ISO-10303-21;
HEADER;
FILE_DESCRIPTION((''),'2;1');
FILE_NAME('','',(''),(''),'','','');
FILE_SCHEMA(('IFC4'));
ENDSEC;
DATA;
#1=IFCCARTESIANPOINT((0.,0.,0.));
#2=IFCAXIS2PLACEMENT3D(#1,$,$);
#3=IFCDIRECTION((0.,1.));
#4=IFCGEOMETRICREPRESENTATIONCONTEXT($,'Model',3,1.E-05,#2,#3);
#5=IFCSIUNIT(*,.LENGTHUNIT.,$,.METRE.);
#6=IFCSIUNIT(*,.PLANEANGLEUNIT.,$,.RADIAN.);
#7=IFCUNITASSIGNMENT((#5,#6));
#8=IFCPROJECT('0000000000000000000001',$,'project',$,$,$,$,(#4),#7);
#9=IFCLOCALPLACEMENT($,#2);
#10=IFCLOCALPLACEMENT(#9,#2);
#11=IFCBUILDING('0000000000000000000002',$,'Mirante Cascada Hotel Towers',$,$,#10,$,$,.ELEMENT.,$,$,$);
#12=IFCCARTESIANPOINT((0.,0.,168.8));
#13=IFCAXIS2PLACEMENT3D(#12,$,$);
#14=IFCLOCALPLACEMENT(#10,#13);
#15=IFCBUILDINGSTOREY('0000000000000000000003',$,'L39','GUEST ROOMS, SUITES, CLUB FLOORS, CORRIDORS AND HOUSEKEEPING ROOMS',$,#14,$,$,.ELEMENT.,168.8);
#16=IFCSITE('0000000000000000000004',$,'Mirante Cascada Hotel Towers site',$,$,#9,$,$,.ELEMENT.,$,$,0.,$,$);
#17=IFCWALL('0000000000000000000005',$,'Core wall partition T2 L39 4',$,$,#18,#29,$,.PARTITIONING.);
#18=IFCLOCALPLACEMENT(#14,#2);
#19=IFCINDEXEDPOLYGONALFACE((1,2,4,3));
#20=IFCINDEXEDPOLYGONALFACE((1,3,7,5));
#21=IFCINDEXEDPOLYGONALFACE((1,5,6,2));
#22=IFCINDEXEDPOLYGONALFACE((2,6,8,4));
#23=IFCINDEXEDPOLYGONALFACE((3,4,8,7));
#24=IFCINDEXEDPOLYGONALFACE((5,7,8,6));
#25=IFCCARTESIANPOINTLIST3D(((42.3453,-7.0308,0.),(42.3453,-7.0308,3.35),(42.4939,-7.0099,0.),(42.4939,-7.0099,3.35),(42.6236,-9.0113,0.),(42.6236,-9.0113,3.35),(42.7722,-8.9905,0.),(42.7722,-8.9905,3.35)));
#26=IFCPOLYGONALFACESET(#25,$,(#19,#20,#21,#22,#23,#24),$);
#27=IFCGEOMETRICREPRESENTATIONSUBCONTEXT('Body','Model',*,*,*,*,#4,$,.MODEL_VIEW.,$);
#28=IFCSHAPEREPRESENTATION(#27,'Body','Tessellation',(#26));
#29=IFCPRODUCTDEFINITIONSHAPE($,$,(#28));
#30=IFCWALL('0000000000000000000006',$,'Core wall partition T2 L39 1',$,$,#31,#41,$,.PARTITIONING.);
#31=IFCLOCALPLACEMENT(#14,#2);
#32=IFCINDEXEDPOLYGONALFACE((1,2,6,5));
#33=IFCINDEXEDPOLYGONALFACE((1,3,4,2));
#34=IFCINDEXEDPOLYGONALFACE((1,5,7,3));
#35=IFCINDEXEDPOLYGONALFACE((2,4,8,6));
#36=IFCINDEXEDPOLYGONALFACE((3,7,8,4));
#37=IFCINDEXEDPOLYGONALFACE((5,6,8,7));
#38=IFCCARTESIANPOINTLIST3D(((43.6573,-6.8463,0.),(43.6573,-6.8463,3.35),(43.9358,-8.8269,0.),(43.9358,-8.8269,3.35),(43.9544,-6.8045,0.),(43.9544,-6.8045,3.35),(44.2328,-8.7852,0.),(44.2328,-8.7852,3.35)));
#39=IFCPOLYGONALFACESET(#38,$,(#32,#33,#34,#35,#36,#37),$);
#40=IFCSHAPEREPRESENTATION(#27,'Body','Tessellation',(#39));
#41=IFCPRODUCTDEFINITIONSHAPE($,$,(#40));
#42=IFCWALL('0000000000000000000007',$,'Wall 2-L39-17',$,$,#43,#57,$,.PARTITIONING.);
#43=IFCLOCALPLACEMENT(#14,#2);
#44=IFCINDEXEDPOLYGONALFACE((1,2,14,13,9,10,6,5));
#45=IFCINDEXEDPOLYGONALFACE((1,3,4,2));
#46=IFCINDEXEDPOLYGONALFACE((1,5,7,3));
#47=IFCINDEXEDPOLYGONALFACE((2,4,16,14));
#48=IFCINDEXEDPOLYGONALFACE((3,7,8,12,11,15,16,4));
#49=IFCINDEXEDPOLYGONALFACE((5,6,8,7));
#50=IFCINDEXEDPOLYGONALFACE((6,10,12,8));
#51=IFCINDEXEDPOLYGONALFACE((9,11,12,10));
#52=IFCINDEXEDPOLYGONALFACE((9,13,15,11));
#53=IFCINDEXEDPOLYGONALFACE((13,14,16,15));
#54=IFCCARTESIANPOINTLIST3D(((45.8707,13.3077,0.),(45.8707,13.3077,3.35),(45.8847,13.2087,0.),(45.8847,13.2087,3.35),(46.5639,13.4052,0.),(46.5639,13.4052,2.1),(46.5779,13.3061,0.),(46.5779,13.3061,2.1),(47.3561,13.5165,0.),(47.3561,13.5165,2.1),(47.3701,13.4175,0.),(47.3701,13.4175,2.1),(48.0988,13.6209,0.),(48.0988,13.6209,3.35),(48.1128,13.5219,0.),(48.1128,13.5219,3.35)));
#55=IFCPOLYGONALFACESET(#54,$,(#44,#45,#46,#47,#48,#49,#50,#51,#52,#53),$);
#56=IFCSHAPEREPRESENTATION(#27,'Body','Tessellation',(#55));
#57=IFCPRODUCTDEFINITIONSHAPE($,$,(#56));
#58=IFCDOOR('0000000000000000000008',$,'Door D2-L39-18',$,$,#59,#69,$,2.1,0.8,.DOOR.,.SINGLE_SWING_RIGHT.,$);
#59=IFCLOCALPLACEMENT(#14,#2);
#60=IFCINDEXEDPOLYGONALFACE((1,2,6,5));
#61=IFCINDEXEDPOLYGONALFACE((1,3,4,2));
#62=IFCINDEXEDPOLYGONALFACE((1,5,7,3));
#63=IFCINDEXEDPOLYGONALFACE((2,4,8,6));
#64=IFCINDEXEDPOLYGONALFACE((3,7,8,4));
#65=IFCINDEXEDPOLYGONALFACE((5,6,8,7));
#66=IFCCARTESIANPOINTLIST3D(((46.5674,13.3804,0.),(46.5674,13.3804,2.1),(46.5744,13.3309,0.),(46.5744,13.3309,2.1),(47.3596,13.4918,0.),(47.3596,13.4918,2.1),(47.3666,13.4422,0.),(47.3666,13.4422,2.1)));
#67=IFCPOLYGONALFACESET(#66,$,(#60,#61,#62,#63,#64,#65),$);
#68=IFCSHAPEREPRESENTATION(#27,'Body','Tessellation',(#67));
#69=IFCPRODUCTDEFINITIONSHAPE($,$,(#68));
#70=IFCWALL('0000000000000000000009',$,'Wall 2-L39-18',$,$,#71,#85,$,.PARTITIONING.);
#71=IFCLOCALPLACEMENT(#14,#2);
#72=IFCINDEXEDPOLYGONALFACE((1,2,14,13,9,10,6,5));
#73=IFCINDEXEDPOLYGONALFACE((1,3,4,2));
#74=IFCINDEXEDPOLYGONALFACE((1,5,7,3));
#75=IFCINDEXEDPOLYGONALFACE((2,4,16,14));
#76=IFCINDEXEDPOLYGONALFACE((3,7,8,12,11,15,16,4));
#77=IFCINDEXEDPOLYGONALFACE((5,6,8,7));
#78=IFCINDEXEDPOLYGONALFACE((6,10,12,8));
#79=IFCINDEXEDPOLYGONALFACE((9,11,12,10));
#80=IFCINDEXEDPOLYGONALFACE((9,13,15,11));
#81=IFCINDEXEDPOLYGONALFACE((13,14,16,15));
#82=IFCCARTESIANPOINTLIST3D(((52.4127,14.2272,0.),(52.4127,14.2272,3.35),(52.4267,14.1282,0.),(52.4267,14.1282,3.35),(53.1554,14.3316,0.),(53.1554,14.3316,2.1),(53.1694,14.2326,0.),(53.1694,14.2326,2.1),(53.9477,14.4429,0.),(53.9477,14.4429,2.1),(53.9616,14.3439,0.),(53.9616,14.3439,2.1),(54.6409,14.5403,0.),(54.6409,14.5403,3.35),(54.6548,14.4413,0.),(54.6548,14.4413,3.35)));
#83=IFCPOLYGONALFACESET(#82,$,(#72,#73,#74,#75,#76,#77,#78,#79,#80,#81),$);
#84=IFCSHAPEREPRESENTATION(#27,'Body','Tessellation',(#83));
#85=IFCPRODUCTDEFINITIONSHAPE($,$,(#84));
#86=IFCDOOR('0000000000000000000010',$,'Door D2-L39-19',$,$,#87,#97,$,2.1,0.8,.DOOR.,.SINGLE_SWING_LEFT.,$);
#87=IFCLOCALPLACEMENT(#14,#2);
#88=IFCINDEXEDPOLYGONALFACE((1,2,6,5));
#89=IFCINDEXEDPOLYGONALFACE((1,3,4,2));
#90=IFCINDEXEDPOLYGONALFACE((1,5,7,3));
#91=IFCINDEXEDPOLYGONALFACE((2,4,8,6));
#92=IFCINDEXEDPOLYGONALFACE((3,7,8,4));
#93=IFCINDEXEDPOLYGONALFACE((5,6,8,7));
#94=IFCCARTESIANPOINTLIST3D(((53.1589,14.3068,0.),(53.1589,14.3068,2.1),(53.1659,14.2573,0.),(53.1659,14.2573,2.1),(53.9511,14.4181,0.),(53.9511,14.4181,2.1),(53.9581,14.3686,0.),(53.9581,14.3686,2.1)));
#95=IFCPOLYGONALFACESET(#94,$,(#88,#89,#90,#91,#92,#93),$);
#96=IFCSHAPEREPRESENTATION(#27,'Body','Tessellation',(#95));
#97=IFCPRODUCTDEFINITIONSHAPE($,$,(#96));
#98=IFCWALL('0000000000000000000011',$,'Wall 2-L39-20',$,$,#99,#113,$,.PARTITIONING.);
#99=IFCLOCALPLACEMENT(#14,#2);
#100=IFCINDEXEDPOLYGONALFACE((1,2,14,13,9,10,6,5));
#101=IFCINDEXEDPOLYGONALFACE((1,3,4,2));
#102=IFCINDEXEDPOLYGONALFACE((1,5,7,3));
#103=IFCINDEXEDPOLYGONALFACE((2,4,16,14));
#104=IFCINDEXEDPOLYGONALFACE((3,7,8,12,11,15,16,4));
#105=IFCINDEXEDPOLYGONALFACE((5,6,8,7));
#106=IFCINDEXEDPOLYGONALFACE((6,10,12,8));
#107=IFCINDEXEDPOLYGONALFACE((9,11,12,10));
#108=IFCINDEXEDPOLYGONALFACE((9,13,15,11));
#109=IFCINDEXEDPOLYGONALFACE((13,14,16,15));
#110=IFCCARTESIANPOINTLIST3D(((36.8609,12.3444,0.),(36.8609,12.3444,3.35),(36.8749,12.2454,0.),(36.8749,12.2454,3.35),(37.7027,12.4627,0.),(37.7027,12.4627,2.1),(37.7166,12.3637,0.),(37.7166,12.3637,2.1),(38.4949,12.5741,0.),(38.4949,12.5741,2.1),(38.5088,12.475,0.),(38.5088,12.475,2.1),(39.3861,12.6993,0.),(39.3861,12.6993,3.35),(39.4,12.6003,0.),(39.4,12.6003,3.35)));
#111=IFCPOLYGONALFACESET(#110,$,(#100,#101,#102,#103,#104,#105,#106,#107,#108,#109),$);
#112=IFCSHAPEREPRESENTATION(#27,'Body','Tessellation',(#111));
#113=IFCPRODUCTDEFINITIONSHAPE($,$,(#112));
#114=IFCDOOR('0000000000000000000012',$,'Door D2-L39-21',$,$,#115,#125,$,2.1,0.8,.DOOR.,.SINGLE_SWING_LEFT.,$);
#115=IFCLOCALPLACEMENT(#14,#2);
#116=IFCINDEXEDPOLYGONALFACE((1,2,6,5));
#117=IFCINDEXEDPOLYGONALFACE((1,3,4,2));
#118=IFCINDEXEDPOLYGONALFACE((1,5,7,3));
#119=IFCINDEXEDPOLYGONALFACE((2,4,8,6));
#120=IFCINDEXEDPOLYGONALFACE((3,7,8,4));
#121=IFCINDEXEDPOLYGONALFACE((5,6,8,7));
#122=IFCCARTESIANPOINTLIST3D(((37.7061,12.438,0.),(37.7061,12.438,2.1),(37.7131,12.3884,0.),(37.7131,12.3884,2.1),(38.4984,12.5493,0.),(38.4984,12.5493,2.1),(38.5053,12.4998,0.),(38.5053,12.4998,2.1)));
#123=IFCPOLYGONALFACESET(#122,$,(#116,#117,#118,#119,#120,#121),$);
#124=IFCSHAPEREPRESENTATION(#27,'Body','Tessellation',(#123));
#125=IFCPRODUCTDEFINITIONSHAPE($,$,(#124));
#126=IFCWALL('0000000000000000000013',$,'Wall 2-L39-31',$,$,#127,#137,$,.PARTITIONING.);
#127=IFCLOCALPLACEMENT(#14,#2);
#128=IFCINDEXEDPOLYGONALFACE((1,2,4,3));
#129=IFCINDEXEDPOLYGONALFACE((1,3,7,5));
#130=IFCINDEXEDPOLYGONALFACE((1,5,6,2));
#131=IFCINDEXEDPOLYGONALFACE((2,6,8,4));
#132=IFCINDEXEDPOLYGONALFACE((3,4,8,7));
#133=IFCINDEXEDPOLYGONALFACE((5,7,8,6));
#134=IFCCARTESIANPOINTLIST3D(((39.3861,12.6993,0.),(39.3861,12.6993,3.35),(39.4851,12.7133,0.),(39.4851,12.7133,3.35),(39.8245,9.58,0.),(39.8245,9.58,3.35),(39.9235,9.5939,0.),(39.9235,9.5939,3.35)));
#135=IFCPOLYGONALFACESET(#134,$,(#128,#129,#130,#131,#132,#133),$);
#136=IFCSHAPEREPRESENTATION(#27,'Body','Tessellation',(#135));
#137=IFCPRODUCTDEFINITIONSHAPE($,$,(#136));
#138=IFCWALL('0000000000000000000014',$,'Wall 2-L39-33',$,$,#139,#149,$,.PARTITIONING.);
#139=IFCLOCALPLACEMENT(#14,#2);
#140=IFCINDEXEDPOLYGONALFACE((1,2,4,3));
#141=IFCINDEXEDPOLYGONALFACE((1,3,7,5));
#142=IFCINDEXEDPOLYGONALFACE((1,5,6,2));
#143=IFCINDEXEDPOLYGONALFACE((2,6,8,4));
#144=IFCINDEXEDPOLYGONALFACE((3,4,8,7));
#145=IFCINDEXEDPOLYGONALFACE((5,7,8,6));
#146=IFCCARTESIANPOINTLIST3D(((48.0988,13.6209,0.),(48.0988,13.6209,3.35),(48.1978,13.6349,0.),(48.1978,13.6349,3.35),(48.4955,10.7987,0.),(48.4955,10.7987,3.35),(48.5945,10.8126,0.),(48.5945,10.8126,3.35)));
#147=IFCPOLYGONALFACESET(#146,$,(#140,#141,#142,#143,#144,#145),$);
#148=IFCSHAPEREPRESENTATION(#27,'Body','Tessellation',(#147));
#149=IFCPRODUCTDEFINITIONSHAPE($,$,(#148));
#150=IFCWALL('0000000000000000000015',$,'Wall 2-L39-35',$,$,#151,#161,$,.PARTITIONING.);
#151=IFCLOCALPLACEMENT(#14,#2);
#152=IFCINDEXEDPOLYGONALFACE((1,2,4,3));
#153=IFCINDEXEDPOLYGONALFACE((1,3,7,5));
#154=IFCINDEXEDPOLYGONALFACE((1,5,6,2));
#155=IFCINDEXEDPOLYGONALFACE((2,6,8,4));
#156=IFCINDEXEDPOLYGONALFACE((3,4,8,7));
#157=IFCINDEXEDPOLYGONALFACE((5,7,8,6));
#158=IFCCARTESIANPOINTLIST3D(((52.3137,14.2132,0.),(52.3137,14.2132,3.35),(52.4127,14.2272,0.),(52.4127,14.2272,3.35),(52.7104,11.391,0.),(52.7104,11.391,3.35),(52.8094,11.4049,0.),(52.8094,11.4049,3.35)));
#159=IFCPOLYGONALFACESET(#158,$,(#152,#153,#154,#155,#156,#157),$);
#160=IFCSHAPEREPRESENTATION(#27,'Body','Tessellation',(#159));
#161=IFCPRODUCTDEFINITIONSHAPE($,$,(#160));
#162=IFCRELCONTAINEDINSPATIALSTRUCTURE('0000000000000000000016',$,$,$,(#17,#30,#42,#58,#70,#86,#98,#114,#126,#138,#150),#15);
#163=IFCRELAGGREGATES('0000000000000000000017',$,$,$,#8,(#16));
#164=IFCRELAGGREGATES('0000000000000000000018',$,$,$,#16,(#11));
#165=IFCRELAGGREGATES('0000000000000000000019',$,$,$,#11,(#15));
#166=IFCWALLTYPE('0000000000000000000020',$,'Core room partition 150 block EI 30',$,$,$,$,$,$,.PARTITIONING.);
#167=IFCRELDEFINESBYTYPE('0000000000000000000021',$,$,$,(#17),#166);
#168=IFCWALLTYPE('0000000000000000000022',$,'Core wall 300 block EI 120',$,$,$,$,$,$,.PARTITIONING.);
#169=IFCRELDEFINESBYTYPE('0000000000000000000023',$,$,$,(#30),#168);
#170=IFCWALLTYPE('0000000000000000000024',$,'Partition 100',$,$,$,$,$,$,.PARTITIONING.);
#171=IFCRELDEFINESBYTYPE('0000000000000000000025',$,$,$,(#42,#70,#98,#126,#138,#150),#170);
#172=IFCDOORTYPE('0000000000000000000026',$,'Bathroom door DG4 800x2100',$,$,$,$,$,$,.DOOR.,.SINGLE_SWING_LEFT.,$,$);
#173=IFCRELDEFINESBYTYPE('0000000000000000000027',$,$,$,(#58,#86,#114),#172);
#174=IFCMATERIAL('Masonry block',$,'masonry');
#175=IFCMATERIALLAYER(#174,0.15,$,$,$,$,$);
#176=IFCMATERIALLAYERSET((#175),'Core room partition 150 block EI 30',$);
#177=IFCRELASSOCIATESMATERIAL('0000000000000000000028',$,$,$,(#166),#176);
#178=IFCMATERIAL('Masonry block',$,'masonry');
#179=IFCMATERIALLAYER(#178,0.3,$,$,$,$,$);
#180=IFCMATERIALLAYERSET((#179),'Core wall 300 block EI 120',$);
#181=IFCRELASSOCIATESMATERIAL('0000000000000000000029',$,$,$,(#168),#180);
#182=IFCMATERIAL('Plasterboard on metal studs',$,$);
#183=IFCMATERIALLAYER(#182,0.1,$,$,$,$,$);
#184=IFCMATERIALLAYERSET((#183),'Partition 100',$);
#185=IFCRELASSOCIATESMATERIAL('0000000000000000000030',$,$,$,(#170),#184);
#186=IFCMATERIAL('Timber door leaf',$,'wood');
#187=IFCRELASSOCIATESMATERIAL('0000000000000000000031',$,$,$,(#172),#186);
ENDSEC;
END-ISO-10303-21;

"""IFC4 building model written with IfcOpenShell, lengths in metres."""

from ifc_helpers import new_model, si_unit, direction, frame, frame_2d, origin, place, context, subcontext, project, spatial, rectangle, extrude, material, layer, layer_set, type_object, element, fill, save


model = new_model("IFC4")

# Units and contexts
model_context = context("Model", 3, precision=1e-05, world=origin(), true_north=direction((0.0, 1.0)))
body_context = subcontext(model_context, "Body", "Model", "MODEL_VIEW")
ifc_project = project(units=[si_unit("LENGTHUNIT", "METRE"), si_unit("PLANEANGLEUNIT", "RADIAN")], contexts=[model_context])

# Site, building, storey
site_placement = place(None, origin())
site = spatial("IfcSite", under=ifc_project, at=site_placement, Name="Mirante Cascada Hotel Towers site", CompositionType="ELEMENT", RefElevation=0.0)
building_placement = place(site_placement, origin())
building = spatial("IfcBuilding", under=site, at=building_placement, Name="Mirante Cascada Hotel Towers", CompositionType="ELEMENT")
storey_placement = place(building_placement, frame((0.0, 0.0, 168.8)))
storey = spatial("IfcBuildingStorey", under=building, at=storey_placement, Name="L39", Description="GUEST ROOMS, SUITES, CLUB FLOORS, CORRIDORS AND HOUSEKEEPING ROOMS", CompositionType="ELEMENT", Elevation=168.8)

# Walls
ifc_material_1 = material(Name="Masonry block", Category="masonry")
ifc_layer_1 = layer(ifc_material_1, 0.15)
ifc_layer_set_1 = layer_set([ifc_layer_1], Name="Core room partition 150 block EI 30")
wall_type_1 = type_object("IfcWallType", Name="Core room partition 150 block EI 30", PredefinedType="PARTITIONING", material=ifc_layer_set_1)
wall_1_placement = place(storey_placement, frame((42.6979, -9.0009, 0.0), z_axis=(0.0, 0.0, 1.0), x_axis=(-0.139153, 0.990271, 0.0)))
element("IfcWall", 1, at=wall_1_placement, inside=storey, type_object=wall_type_1, Name="Core wall partition T2 L39 4", PredefinedType="PARTITIONING", context=body_context, shape_type="SweptSolid", body=[
    extrude(rectangle(XDim=2.0, YDim=0.15, at=frame_2d((1.0, 0.0))), origin(), (0.0, 0.0, 1.0), 3.35),
])
ifc_material_2 = material(Name="Masonry block", Category="masonry")
ifc_layer_2 = layer(ifc_material_2, 0.3)
ifc_layer_set_2 = layer_set([ifc_layer_2], Name="Core wall 300 block EI 120")
wall_type_2 = type_object("IfcWallType", Name="Core wall 300 block EI 120", PredefinedType="PARTITIONING", material=ifc_layer_set_2)
wall_2_placement = place(storey_placement, frame((44.0843, -8.8061, 0.0), z_axis=(0.0, 0.0, 1.0), x_axis=(-0.139195, 0.990265, 0.0)))
element("IfcWall", 2, at=wall_2_placement, inside=storey, type_object=wall_type_2, Name="Core wall partition T2 L39 1", PredefinedType="PARTITIONING", context=body_context, shape_type="SweptSolid", body=[
    extrude(rectangle(XDim=2.0001, YDim=0.3, at=frame_2d((1.0001, 0.0))), origin(), (0.0, 0.0, 1.0), 3.35),
])

# Walls, openings, doors
ifc_material_3 = material(Name="Plasterboard on metal studs")
ifc_layer_3 = layer(ifc_material_3, 0.1)
ifc_layer_set_3 = layer_set([ifc_layer_3], Name="Partition 100")
wall_type_3 = type_object("IfcWallType", Name="Partition 100", PredefinedType="PARTITIONING", material=ifc_layer_set_3)
wall_3_placement = place(storey_placement, frame((48.1058, 13.5714, 0.0), z_axis=(0.0, 0.0, 1.0), x_axis=(-0.990264, -0.1392, 0.0)))
wall_3 = element("IfcWall", 3, at=wall_3_placement, inside=storey, type_object=wall_type_3, Name="Wall 2-L39-17", PredefinedType="PARTITIONING", context=body_context, shape_type="SweptSolid", body=[
    extrude(rectangle(XDim=2.25, YDim=0.1, at=frame_2d((1.125, 0.0))), origin(), (0.0, 0.0, 1.0), 3.35),
])
opening_1_placement = place(wall_3_placement, frame((0.75, 0.0, 0.0)))
opening_1 = element("IfcOpeningElement", 4, at=opening_1_placement, cuts=wall_3, PredefinedType="OPENING", context=body_context, shape_type="SweptSolid", body=[
    extrude(rectangle(XDim=0.8, YDim=2.1, at=frame_2d((0.4, 1.05))), frame((0.0, 0.05, 0.0), z_axis=(0.0, -1.0, 0.0), x_axis=(1.0, 0.0, 0.0)), (0.0, 0.0, 1.0), 0.1),
])
ifc_material_4 = material(Name="Timber door leaf", Category="wood")
door_type_1 = type_object("IfcDoorType", Name="Bathroom door DG4 800x2100", OperationType="SINGLE_SWING_LEFT", PredefinedType="DOOR", material=ifc_material_4)
door_1_placement = place(opening_1_placement, frame((0.8, 0.0, 0.0), z_axis=(0.0, 0.0, 1.0), x_axis=(-1.0, 0.0, 0.0)))
door_1 = element("IfcDoor", 5, at=door_1_placement, inside=storey, type_object=door_type_1, Name="Door D2-L39-18", OperationType="SINGLE_SWING_RIGHT", OverallHeight=2.1, OverallWidth=0.8, PredefinedType="DOOR", context=body_context, shape_type="SweptSolid", body=[
    extrude(rectangle(XDim=0.8, YDim=2.1, at=frame_2d((0.4, 1.05))), frame((0.0, 0.025, 0.0), z_axis=(0.0, -1.0, 0.0), x_axis=(1.0, 0.0, 0.0)), (0.0, 0.0, 1.0), 0.05),
])
fill(opening_1, door_1)
wall_4_placement = place(storey_placement, frame((52.4197, 14.1777, 0.0), z_axis=(0.0, 0.0, 1.0), x_axis=(0.990271, 0.139156, 0.0)))
wall_4 = element("IfcWall", 6, at=wall_4_placement, inside=storey, type_object=wall_type_3, Name="Wall 2-L39-18", PredefinedType="PARTITIONING", context=body_context, shape_type="SweptSolid", body=[
    extrude(rectangle(XDim=2.25, YDim=0.1, at=frame_2d((1.125, 0.0))), origin(), (0.0, 0.0, 1.0), 3.35),
])
opening_2_placement = place(wall_4_placement, frame((0.75, 0.0, 0.0)))
opening_2 = element("IfcOpeningElement", 7, at=opening_2_placement, cuts=wall_4, PredefinedType="OPENING", context=body_context, shape_type="SweptSolid", body=[
    extrude(rectangle(XDim=0.8, YDim=2.1, at=frame_2d((0.4, 1.05))), frame((0.0, 0.05, 0.0), z_axis=(0.0, -1.0, 0.0), x_axis=(1.0, 0.0, 0.0)), (0.0, 0.0, 1.0), 0.1),
])
door_2_placement = place(opening_2_placement, origin())
door_2 = element("IfcDoor", 8, at=door_2_placement, inside=storey, type_object=door_type_1, Name="Door D2-L39-19", OperationType="SINGLE_SWING_LEFT", OverallHeight=2.1, OverallWidth=0.8, PredefinedType="DOOR", context=body_context, shape_type="SweptSolid", body=[
    extrude(rectangle(XDim=0.8, YDim=2.1, at=frame_2d((0.4, 1.05))), frame((0.0, 0.025, 0.0), z_axis=(0.0, -1.0, 0.0), x_axis=(1.0, 0.0, 0.0)), (0.0, 0.0, 1.0), 0.05),
])
fill(opening_2, door_2)
wall_5_placement = place(storey_placement, frame((36.8679, 12.2949, 0.0), z_axis=(0.0, 0.0, 1.0), x_axis=(0.990268, 0.139176, 0.0)))
wall_5 = element("IfcWall", 9, at=wall_5_placement, inside=storey, type_object=wall_type_3, Name="Wall 2-L39-20", PredefinedType="PARTITIONING", context=body_context, shape_type="SweptSolid", body=[
    extrude(rectangle(XDim=2.55, YDim=0.1, at=frame_2d((1.275, 0.0))), origin(), (0.0, 0.0, 1.0), 3.35),
])
opening_3_placement = place(wall_5_placement, frame((0.85, 0.0, 0.0)))
opening_3 = element("IfcOpeningElement", 10, at=opening_3_placement, cuts=wall_5, PredefinedType="OPENING", context=body_context, shape_type="SweptSolid", body=[
    extrude(rectangle(XDim=0.8, YDim=2.1, at=frame_2d((0.4, 1.05))), frame((0.0, 0.05, 0.0), z_axis=(0.0, -1.0, 0.0), x_axis=(1.0, 0.0, 0.0)), (0.0, 0.0, 1.0), 0.1),
])
door_3_placement = place(opening_3_placement, origin())
door_3 = element("IfcDoor", 11, at=door_3_placement, inside=storey, type_object=door_type_1, Name="Door D2-L39-21", OperationType="SINGLE_SWING_LEFT", OverallHeight=2.1, OverallWidth=0.8, PredefinedType="DOOR", context=body_context, shape_type="SweptSolid", body=[
    extrude(rectangle(XDim=0.8, YDim=2.1, at=frame_2d((0.4, 1.05))), frame((0.0, 0.025, 0.0), z_axis=(0.0, -1.0, 0.0), x_axis=(1.0, 0.0, 0.0)), (0.0, 0.0, 1.0), 0.05),
])
fill(opening_3, door_3)

# Walls
wall_6_placement = place(storey_placement, frame((39.4356, 12.7063, 0.0), z_axis=(0.0, 0.0, 1.0), x_axis=(0.139177, -0.990268, 0.0)))
element("IfcWall", 12, at=wall_6_placement, inside=storey, type_object=wall_type_3, Name="Wall 2-L39-31", PredefinedType="PARTITIONING", context=body_context, shape_type="SweptSolid", body=[
    extrude(rectangle(XDim=3.15, YDim=0.1, at=frame_2d((1.575, 0.0))), origin(), (0.0, 0.0, 1.0), 3.35),
])
for number, where, z_axis, x_axis, name in (
    (13, (48.1483, 13.6279, 0.0), (0.0, 0.0, 1.0), (0.139191, -0.990266, 0.0), "Wall 2-L39-33"),
    (14, (52.3632, 14.2202, 0.0), (0.0, 0.0, 1.0), (0.139191, -0.990266, 0.0), "Wall 2-L39-35"),
):
    element("IfcWall", number, at=place(storey_placement, frame(where, z_axis=z_axis, x_axis=x_axis)), inside=storey, type_object=wall_type_3, Name=name, PredefinedType="PARTITIONING", context=body_context, shape_type="SweptSolid", body=[
        extrude(rectangle(XDim=2.85, YDim=0.1, at=frame_2d((1.425, 0.0))), origin(), (0.0, 0.0, 1.0), 3.35),
    ])

save(model, "model.ifc")
